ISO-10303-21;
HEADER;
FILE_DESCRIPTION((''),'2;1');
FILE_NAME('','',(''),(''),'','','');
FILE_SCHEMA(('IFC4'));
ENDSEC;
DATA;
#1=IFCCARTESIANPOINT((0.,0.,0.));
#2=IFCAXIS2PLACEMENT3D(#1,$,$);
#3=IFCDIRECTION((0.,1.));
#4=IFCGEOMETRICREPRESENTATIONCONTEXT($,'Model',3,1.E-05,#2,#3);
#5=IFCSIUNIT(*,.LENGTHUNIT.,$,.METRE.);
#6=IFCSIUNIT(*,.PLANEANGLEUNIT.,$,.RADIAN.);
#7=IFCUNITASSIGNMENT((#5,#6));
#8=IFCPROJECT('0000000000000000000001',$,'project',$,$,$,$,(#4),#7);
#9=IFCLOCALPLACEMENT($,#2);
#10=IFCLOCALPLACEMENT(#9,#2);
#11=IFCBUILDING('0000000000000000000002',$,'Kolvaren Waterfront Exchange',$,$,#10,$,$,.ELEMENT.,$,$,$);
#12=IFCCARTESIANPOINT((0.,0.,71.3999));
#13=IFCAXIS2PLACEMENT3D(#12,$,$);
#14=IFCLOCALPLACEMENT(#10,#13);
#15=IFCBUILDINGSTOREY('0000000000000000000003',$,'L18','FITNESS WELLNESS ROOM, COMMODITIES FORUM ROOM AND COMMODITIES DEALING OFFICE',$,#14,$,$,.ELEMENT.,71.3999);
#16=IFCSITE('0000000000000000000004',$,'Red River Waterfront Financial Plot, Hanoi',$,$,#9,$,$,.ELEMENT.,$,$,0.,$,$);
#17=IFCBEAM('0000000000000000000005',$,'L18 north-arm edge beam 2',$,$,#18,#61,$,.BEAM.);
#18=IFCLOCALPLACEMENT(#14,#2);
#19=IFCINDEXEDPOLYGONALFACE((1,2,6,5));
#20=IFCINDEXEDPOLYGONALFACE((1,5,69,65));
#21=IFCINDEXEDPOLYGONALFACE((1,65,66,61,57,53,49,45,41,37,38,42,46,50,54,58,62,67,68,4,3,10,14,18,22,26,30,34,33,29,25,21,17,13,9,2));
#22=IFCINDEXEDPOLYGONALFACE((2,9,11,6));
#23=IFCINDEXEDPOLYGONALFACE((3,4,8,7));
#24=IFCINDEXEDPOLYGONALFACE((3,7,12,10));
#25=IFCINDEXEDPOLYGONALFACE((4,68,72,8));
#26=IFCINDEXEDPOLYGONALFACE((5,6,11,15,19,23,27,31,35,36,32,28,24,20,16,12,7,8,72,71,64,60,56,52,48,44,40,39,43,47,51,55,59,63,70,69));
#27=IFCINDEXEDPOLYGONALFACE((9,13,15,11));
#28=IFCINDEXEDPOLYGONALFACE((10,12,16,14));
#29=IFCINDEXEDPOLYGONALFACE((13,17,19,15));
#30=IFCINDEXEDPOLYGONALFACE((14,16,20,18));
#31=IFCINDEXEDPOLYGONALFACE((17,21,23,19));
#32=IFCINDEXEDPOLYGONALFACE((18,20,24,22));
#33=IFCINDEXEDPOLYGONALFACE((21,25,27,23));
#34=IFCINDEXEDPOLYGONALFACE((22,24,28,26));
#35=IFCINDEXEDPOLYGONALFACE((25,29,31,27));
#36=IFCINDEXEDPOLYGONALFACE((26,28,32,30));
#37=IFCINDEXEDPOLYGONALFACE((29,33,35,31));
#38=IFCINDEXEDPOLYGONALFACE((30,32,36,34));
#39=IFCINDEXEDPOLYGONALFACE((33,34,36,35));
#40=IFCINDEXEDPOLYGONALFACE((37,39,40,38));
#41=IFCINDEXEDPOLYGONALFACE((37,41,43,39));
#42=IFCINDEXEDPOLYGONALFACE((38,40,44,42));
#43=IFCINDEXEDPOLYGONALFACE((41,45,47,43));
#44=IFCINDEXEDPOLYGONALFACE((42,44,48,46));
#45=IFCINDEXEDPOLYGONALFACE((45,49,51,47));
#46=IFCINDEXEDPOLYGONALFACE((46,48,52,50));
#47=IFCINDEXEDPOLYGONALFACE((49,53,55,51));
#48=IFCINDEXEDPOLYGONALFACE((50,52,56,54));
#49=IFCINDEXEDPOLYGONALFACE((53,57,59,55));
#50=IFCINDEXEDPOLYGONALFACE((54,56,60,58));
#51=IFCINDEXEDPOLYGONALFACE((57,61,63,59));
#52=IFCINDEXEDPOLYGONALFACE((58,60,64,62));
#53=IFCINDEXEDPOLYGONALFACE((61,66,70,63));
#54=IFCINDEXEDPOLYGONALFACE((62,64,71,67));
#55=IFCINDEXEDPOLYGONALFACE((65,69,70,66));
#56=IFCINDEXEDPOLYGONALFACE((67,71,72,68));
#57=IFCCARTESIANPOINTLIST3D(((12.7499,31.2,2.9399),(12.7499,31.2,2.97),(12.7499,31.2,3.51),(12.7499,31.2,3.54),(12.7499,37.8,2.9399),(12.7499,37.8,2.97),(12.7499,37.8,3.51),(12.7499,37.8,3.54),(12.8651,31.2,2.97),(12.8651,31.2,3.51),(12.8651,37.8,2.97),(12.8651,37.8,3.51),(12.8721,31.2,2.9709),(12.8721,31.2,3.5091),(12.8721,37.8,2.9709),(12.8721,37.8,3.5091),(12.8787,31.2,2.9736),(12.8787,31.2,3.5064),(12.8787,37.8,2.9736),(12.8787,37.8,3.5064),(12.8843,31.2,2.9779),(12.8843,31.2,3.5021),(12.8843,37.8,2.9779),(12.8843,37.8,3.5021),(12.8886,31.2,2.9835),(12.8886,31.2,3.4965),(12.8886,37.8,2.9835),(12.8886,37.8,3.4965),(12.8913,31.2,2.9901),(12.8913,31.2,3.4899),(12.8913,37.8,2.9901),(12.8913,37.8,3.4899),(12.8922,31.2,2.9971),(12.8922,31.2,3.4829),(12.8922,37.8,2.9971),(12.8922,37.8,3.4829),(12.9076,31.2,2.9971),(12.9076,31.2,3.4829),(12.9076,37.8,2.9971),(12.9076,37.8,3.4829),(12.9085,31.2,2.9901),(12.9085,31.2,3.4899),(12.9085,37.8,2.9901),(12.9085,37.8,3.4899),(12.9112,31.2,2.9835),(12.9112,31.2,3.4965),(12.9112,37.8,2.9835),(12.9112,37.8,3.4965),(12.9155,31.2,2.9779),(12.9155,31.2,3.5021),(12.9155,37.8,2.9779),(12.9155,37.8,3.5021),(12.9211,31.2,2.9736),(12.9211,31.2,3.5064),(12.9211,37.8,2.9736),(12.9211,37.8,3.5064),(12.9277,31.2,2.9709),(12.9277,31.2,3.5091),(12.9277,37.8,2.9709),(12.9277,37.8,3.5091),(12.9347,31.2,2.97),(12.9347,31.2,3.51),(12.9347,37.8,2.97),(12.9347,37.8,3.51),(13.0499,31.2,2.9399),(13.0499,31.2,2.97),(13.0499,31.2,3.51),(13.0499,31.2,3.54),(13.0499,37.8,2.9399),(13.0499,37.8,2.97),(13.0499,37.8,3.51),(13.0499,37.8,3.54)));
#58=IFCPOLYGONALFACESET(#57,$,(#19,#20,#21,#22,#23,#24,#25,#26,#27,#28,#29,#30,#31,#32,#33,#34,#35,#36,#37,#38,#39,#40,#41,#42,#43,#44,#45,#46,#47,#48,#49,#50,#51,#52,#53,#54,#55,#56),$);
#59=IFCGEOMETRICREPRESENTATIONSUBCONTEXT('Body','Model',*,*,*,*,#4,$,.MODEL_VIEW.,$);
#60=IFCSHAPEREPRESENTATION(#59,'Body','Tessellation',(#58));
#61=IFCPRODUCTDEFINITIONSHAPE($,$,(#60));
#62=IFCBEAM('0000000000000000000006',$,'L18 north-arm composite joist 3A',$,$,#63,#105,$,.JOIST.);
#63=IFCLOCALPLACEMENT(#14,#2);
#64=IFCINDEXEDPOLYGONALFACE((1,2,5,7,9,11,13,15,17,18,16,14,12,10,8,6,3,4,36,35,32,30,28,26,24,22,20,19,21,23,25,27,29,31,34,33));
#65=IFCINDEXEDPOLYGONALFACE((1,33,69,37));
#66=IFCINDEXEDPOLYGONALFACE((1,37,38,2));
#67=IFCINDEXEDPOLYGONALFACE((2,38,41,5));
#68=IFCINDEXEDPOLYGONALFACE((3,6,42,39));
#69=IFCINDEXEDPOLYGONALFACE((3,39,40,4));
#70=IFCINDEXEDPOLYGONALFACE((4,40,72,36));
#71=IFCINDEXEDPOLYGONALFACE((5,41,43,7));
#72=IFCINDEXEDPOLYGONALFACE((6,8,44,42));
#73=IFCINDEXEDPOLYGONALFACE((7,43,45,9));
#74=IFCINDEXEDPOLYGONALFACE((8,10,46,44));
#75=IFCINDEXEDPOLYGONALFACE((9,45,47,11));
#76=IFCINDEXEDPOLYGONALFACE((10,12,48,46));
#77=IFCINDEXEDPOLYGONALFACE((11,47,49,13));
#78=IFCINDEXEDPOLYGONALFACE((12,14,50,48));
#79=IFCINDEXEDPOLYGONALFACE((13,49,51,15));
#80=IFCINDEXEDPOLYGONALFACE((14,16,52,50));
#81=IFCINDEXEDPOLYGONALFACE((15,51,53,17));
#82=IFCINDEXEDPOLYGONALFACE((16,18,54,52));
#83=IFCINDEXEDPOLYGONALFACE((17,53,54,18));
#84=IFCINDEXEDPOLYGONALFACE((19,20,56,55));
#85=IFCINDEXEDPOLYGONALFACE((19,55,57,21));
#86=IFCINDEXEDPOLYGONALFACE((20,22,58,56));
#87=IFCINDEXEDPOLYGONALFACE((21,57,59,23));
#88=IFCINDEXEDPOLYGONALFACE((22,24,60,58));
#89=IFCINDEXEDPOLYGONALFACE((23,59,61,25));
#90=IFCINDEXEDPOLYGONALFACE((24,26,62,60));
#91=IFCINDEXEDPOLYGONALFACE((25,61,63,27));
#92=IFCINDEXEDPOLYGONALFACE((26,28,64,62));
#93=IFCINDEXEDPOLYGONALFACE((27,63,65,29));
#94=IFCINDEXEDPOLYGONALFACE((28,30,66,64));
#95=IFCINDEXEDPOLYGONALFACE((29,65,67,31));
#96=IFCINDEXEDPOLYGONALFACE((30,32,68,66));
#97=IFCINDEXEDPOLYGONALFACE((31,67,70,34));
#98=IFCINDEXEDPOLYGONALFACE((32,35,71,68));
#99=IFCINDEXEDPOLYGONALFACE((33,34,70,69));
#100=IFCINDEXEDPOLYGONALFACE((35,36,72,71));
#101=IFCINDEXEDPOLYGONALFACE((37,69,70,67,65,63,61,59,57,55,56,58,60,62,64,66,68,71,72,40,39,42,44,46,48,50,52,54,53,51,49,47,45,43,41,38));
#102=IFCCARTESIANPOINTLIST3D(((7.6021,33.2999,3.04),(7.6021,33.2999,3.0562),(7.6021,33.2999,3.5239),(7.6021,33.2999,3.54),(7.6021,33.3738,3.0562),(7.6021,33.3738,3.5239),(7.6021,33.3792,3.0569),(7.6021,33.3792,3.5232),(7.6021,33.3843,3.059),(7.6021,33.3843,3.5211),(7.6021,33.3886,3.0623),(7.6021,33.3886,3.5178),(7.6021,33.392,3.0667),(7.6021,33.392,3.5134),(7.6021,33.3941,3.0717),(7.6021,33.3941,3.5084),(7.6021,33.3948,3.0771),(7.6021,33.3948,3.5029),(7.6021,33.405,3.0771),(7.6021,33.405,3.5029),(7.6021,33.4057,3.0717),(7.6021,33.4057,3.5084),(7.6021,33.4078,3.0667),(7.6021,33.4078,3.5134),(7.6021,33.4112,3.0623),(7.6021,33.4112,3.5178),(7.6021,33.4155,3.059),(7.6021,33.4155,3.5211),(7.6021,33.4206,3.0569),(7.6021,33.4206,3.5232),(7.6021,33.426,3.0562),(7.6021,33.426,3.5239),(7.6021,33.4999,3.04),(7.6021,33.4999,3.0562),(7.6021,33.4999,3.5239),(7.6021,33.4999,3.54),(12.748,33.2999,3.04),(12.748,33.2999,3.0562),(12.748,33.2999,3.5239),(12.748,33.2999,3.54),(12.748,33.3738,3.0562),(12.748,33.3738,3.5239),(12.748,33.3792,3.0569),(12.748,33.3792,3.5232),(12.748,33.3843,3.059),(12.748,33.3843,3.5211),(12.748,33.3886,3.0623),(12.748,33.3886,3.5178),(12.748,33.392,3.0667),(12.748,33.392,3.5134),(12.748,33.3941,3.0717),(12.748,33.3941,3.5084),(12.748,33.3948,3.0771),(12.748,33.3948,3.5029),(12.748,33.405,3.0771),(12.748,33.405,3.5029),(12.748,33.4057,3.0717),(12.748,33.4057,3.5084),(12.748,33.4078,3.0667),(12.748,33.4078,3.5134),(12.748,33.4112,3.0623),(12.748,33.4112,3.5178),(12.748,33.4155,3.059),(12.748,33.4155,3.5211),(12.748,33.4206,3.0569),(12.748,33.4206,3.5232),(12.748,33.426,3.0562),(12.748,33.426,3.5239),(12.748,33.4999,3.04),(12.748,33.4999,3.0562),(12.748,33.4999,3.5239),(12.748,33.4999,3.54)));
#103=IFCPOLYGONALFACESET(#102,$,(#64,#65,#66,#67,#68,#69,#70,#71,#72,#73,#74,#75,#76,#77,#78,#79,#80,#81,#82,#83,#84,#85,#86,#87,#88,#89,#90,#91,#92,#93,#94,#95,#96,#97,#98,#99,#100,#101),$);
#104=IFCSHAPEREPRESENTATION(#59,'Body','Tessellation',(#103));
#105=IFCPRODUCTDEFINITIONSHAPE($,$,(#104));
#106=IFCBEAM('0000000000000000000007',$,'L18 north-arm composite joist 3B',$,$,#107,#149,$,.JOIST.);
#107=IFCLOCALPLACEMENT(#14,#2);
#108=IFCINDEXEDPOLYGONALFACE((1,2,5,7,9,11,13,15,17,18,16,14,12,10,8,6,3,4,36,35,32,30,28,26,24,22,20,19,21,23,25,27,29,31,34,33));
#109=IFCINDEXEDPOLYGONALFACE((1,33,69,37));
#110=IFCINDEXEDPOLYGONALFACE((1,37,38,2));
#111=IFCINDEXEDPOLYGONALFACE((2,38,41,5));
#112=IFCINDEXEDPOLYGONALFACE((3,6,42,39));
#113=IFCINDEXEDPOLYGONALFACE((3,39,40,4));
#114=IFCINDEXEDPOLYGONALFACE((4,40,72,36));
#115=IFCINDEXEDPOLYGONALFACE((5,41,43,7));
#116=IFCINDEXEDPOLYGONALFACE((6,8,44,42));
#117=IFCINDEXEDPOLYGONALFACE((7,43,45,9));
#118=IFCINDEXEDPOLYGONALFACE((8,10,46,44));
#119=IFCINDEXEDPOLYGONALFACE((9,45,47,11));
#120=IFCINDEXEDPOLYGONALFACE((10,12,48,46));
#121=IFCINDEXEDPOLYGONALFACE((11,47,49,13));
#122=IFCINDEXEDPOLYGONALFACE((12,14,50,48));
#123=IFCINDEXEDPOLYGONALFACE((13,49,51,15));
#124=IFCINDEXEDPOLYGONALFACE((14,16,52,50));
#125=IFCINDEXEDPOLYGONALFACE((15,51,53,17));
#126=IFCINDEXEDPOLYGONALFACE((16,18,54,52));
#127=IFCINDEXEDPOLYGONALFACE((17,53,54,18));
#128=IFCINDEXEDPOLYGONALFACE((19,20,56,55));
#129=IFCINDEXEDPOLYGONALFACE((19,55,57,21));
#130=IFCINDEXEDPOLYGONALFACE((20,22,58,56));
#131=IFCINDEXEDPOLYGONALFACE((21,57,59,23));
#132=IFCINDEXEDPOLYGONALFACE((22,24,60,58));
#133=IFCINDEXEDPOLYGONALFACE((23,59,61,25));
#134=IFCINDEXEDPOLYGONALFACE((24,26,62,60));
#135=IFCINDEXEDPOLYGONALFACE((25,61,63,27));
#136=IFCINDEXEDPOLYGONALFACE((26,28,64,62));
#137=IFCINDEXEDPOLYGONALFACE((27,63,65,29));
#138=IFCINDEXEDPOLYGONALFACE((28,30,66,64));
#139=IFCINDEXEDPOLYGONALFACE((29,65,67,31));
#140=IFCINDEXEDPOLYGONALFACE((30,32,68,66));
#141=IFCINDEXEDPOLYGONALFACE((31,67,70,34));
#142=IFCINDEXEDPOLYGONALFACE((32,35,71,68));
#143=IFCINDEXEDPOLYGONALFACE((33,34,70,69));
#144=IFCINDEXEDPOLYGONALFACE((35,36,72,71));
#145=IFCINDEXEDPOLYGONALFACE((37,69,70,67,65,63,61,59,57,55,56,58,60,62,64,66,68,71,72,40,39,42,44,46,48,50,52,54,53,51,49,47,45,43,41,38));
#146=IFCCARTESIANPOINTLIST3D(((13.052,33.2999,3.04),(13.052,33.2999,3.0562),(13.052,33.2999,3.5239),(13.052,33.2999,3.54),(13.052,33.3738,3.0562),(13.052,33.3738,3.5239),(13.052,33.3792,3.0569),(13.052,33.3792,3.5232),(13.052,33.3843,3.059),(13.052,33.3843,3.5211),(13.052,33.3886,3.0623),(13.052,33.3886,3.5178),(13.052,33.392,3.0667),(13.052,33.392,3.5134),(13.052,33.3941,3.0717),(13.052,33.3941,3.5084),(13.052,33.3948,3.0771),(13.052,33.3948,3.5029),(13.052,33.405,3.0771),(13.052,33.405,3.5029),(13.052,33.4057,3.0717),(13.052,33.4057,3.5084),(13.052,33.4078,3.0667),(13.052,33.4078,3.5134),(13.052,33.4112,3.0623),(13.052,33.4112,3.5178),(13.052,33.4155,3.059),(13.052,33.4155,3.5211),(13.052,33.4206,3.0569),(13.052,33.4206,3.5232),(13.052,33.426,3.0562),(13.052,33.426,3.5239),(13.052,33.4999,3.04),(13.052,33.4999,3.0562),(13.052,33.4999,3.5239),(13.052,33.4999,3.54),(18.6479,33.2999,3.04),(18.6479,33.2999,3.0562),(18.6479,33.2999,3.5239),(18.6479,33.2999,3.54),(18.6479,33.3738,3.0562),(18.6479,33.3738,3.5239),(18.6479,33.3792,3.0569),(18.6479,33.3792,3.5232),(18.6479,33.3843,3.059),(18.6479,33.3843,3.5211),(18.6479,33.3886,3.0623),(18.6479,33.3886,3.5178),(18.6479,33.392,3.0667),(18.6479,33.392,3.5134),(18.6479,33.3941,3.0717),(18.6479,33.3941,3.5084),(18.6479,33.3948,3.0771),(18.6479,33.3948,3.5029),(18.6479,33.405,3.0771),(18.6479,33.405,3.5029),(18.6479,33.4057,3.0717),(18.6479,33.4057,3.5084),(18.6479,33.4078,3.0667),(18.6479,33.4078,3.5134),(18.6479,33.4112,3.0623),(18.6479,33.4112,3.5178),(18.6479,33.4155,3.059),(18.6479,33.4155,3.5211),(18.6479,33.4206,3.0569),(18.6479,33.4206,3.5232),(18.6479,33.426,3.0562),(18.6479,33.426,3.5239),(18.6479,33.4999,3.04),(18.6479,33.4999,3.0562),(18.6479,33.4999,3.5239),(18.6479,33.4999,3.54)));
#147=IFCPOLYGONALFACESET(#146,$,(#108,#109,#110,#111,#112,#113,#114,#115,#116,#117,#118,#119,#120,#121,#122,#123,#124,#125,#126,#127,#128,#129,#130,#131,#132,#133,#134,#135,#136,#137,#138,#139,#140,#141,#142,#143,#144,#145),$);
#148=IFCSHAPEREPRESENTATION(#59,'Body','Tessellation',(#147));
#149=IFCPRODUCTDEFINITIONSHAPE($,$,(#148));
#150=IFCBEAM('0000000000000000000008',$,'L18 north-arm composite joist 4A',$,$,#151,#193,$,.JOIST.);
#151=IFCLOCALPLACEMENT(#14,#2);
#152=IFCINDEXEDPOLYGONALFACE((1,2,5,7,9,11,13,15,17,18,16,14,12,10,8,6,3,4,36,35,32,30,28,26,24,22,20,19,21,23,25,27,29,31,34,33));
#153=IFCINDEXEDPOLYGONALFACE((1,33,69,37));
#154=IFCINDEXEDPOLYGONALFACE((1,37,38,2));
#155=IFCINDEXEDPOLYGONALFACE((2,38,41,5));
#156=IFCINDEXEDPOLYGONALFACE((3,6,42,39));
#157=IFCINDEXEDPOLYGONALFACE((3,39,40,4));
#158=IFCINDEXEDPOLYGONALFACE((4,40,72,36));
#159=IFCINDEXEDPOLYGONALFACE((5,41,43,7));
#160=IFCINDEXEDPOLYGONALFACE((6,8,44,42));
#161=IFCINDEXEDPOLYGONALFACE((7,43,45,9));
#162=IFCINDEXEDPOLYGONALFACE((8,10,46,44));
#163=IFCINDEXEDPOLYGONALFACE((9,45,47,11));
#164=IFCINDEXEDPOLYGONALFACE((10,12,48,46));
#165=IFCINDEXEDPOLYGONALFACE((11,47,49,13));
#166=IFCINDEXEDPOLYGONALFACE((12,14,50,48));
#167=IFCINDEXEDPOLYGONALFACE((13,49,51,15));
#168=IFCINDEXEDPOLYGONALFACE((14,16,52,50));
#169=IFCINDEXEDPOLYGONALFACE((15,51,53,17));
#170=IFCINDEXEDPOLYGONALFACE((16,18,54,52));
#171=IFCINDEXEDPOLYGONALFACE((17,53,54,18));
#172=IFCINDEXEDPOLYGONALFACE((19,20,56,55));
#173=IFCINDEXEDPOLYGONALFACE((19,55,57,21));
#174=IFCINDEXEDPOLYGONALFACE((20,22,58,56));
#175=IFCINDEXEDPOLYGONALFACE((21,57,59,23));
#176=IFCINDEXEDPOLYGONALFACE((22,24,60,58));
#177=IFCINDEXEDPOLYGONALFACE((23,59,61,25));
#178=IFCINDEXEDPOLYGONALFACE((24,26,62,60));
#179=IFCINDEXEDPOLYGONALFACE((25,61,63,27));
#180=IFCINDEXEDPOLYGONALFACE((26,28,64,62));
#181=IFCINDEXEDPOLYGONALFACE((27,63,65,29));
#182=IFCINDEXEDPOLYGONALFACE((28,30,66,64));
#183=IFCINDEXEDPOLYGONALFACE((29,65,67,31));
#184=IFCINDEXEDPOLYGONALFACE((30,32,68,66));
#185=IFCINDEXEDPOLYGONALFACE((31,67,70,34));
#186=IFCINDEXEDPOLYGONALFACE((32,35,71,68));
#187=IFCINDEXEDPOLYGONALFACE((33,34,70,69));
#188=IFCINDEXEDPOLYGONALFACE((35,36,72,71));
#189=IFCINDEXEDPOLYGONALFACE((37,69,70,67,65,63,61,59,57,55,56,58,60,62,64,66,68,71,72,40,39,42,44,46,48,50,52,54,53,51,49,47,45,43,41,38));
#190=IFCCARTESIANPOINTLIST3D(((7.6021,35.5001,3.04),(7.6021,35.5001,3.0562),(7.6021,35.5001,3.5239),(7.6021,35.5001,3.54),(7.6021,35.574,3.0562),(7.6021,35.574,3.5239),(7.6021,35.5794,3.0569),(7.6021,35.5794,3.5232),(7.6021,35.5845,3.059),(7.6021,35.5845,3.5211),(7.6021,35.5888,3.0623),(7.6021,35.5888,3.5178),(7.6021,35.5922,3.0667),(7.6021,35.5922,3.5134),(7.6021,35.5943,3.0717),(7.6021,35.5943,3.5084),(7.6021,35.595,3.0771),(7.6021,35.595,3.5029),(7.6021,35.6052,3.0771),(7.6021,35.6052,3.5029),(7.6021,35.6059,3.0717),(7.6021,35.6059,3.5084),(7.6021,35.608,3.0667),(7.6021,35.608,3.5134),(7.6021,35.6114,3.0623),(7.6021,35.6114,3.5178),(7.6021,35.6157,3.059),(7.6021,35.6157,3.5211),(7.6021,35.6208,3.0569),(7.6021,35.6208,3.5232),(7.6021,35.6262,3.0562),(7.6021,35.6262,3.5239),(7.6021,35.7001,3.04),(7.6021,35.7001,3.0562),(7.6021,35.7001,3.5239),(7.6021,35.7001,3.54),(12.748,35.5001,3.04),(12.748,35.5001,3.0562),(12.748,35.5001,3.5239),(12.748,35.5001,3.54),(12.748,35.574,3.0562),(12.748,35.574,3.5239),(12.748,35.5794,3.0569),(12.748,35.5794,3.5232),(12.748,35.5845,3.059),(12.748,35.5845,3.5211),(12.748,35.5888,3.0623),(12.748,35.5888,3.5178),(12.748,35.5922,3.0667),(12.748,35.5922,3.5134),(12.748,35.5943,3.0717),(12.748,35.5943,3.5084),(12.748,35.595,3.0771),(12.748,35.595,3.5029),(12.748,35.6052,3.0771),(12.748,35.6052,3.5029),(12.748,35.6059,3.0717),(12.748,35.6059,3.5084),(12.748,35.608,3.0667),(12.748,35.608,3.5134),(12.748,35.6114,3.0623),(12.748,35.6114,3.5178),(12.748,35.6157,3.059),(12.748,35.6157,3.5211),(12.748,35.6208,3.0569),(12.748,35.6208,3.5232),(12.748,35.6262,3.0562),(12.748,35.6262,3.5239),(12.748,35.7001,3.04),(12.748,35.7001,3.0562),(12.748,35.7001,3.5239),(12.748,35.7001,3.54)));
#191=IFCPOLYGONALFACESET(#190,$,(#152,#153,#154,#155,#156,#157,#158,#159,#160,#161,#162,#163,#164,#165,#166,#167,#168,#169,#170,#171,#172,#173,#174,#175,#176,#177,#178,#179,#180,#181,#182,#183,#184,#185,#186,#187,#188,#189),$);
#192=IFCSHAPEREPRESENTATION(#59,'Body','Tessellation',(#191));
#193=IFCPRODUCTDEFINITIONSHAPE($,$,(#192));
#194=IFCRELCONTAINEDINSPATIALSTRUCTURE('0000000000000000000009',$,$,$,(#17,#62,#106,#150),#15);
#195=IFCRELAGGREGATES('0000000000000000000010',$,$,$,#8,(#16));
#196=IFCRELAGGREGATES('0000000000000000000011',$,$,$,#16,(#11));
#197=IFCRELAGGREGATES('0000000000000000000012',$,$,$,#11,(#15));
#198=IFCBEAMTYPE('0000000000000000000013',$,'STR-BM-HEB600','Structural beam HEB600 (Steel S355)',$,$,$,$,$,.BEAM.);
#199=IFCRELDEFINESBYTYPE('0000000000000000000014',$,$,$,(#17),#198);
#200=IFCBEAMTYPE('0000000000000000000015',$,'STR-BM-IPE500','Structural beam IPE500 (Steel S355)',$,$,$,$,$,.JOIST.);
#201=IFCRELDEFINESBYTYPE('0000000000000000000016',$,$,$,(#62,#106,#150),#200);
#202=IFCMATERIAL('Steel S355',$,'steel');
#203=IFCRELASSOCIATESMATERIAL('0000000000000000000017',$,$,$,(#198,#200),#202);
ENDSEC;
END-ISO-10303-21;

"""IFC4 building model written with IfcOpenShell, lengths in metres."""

from ifc_helpers import new_model, si_unit, direction, frame, origin, origin_2d, place, context, subcontext, project, spatial, i_section, extrude, material, material_profile, profile_set, type_object, element, save


model = new_model("IFC4")

# Units and contexts
model_context = context("Model", 3, precision=1e-05, world=origin(), true_north=direction((0.0, 1.0)))
body_context = subcontext(model_context, "Body", "Model", "MODEL_VIEW")
ifc_project = project(units=[si_unit("LENGTHUNIT", "METRE"), si_unit("PLANEANGLEUNIT", "RADIAN")], contexts=[model_context])

# Site, building, storey
site_placement = place(None, origin())
site = spatial("IfcSite", under=ifc_project, at=site_placement, Name="Red River Waterfront Financial Plot, Hanoi", CompositionType="ELEMENT", RefElevation=0.0)
building_placement = place(site_placement, origin())
building = spatial("IfcBuilding", under=site, at=building_placement, Name="Kolvaren Waterfront Exchange", CompositionType="ELEMENT")
storey_placement = place(building_placement, frame((0.0, 0.0, 71.3999)))
storey = spatial("IfcBuildingStorey", under=building, at=storey_placement, Name="L18", Description="FITNESS WELLNESS ROOM, COMMODITIES FORUM ROOM AND COMMODITIES DEALING OFFICE", CompositionType="ELEMENT", Elevation=71.3999)

# Beams
ifc_material_1 = material(Name="Steel S355", Category="steel")
ifc_material_profile_1 = material_profile(ifc_material_1, i_section(OverallWidth=0.3, OverallDepth=0.6001, WebThickness=0.0154, FlangeThickness=0.03, FilletRadius=0.0271, at=origin_2d()), Name="HEB600")
ifc_profile_set_1 = profile_set([ifc_material_profile_1], Name="Steel S355")
beam_type_1 = type_object("IfcBeamType", Name="STR-BM-HEB600", Description="Structural beam HEB600 (Steel S355)", PredefinedType="BEAM", material=ifc_profile_set_1)
beam_1_placement = place(storey_placement, frame((12.8999, 31.2, 3.24), z_axis=(0.0, 1.0, 0.0), x_axis=(-1.0, 0.0, 0.0)))
element("IfcBeam", 1, at=beam_1_placement, inside=storey, type_object=beam_type_1, Name="L18 north-arm edge beam 2", PredefinedType="BEAM", context=body_context, shape_type="SweptSolid", body=[
    extrude(i_section(OverallWidth=0.3, OverallDepth=0.6001, WebThickness=0.0154, FlangeThickness=0.03, FilletRadius=0.0271, at=origin_2d()), origin(), (0.0, 0.0, 1.0), 6.6001),
])
ifc_material_profile_2 = material_profile(ifc_material_1, i_section(OverallWidth=0.2, OverallDepth=0.5, WebThickness=0.0103, FlangeThickness=0.0161, FilletRadius=0.021, at=origin_2d()), Name="IPE500")
ifc_profile_set_2 = profile_set([ifc_material_profile_2], Name="Steel S355")
beam_type_2 = type_object("IfcBeamType", Name="STR-BM-IPE500", Description="Structural beam IPE500 (Steel S355)", PredefinedType="JOIST", material=ifc_profile_set_2)
beam_2_placement = place(storey_placement, frame((7.6021, 33.3999, 3.29), z_axis=(1.0, 0.0, 0.0), x_axis=(0.0, 1.0, 0.0)))
element("IfcBeam", 2, at=beam_2_placement, inside=storey, type_object=beam_type_2, Name="L18 north-arm composite joist 3A", PredefinedType="JOIST", context=body_context, shape_type="SweptSolid", body=[
    extrude(i_section(OverallWidth=0.2, OverallDepth=0.5, WebThickness=0.0103, FlangeThickness=0.0161, FilletRadius=0.021, at=origin_2d()), origin(), (0.0, 0.0, 1.0), 5.146),
])
beam_3_placement = place(storey_placement, frame((13.052, 33.3999, 3.29), z_axis=(1.0, 0.0, 0.0), x_axis=(0.0, 1.0, 0.0)))
element("IfcBeam", 3, at=beam_3_placement, inside=storey, type_object=beam_type_2, Name="L18 north-arm composite joist 3B", PredefinedType="JOIST", context=body_context, shape_type="SweptSolid", body=[
    extrude(i_section(OverallWidth=0.2, OverallDepth=0.5, WebThickness=0.0103, FlangeThickness=0.0161, FilletRadius=0.021, at=origin_2d()), origin(), (0.0, 0.0, 1.0), 5.5959),
])
beam_4_placement = place(storey_placement, frame((7.6021, 35.6001, 3.29), z_axis=(1.0, 0.0, 0.0), x_axis=(0.0, 1.0, 0.0)))
element("IfcBeam", 4, at=beam_4_placement, inside=storey, type_object=beam_type_2, Name="L18 north-arm composite joist 4A", PredefinedType="JOIST", context=body_context, shape_type="SweptSolid", body=[
    extrude(i_section(OverallWidth=0.2, OverallDepth=0.5, WebThickness=0.0103, FlangeThickness=0.0161, FilletRadius=0.021, at=origin_2d()), origin(), (0.0, 0.0, 1.0), 5.146),
])

save(model, "model.ifc")
